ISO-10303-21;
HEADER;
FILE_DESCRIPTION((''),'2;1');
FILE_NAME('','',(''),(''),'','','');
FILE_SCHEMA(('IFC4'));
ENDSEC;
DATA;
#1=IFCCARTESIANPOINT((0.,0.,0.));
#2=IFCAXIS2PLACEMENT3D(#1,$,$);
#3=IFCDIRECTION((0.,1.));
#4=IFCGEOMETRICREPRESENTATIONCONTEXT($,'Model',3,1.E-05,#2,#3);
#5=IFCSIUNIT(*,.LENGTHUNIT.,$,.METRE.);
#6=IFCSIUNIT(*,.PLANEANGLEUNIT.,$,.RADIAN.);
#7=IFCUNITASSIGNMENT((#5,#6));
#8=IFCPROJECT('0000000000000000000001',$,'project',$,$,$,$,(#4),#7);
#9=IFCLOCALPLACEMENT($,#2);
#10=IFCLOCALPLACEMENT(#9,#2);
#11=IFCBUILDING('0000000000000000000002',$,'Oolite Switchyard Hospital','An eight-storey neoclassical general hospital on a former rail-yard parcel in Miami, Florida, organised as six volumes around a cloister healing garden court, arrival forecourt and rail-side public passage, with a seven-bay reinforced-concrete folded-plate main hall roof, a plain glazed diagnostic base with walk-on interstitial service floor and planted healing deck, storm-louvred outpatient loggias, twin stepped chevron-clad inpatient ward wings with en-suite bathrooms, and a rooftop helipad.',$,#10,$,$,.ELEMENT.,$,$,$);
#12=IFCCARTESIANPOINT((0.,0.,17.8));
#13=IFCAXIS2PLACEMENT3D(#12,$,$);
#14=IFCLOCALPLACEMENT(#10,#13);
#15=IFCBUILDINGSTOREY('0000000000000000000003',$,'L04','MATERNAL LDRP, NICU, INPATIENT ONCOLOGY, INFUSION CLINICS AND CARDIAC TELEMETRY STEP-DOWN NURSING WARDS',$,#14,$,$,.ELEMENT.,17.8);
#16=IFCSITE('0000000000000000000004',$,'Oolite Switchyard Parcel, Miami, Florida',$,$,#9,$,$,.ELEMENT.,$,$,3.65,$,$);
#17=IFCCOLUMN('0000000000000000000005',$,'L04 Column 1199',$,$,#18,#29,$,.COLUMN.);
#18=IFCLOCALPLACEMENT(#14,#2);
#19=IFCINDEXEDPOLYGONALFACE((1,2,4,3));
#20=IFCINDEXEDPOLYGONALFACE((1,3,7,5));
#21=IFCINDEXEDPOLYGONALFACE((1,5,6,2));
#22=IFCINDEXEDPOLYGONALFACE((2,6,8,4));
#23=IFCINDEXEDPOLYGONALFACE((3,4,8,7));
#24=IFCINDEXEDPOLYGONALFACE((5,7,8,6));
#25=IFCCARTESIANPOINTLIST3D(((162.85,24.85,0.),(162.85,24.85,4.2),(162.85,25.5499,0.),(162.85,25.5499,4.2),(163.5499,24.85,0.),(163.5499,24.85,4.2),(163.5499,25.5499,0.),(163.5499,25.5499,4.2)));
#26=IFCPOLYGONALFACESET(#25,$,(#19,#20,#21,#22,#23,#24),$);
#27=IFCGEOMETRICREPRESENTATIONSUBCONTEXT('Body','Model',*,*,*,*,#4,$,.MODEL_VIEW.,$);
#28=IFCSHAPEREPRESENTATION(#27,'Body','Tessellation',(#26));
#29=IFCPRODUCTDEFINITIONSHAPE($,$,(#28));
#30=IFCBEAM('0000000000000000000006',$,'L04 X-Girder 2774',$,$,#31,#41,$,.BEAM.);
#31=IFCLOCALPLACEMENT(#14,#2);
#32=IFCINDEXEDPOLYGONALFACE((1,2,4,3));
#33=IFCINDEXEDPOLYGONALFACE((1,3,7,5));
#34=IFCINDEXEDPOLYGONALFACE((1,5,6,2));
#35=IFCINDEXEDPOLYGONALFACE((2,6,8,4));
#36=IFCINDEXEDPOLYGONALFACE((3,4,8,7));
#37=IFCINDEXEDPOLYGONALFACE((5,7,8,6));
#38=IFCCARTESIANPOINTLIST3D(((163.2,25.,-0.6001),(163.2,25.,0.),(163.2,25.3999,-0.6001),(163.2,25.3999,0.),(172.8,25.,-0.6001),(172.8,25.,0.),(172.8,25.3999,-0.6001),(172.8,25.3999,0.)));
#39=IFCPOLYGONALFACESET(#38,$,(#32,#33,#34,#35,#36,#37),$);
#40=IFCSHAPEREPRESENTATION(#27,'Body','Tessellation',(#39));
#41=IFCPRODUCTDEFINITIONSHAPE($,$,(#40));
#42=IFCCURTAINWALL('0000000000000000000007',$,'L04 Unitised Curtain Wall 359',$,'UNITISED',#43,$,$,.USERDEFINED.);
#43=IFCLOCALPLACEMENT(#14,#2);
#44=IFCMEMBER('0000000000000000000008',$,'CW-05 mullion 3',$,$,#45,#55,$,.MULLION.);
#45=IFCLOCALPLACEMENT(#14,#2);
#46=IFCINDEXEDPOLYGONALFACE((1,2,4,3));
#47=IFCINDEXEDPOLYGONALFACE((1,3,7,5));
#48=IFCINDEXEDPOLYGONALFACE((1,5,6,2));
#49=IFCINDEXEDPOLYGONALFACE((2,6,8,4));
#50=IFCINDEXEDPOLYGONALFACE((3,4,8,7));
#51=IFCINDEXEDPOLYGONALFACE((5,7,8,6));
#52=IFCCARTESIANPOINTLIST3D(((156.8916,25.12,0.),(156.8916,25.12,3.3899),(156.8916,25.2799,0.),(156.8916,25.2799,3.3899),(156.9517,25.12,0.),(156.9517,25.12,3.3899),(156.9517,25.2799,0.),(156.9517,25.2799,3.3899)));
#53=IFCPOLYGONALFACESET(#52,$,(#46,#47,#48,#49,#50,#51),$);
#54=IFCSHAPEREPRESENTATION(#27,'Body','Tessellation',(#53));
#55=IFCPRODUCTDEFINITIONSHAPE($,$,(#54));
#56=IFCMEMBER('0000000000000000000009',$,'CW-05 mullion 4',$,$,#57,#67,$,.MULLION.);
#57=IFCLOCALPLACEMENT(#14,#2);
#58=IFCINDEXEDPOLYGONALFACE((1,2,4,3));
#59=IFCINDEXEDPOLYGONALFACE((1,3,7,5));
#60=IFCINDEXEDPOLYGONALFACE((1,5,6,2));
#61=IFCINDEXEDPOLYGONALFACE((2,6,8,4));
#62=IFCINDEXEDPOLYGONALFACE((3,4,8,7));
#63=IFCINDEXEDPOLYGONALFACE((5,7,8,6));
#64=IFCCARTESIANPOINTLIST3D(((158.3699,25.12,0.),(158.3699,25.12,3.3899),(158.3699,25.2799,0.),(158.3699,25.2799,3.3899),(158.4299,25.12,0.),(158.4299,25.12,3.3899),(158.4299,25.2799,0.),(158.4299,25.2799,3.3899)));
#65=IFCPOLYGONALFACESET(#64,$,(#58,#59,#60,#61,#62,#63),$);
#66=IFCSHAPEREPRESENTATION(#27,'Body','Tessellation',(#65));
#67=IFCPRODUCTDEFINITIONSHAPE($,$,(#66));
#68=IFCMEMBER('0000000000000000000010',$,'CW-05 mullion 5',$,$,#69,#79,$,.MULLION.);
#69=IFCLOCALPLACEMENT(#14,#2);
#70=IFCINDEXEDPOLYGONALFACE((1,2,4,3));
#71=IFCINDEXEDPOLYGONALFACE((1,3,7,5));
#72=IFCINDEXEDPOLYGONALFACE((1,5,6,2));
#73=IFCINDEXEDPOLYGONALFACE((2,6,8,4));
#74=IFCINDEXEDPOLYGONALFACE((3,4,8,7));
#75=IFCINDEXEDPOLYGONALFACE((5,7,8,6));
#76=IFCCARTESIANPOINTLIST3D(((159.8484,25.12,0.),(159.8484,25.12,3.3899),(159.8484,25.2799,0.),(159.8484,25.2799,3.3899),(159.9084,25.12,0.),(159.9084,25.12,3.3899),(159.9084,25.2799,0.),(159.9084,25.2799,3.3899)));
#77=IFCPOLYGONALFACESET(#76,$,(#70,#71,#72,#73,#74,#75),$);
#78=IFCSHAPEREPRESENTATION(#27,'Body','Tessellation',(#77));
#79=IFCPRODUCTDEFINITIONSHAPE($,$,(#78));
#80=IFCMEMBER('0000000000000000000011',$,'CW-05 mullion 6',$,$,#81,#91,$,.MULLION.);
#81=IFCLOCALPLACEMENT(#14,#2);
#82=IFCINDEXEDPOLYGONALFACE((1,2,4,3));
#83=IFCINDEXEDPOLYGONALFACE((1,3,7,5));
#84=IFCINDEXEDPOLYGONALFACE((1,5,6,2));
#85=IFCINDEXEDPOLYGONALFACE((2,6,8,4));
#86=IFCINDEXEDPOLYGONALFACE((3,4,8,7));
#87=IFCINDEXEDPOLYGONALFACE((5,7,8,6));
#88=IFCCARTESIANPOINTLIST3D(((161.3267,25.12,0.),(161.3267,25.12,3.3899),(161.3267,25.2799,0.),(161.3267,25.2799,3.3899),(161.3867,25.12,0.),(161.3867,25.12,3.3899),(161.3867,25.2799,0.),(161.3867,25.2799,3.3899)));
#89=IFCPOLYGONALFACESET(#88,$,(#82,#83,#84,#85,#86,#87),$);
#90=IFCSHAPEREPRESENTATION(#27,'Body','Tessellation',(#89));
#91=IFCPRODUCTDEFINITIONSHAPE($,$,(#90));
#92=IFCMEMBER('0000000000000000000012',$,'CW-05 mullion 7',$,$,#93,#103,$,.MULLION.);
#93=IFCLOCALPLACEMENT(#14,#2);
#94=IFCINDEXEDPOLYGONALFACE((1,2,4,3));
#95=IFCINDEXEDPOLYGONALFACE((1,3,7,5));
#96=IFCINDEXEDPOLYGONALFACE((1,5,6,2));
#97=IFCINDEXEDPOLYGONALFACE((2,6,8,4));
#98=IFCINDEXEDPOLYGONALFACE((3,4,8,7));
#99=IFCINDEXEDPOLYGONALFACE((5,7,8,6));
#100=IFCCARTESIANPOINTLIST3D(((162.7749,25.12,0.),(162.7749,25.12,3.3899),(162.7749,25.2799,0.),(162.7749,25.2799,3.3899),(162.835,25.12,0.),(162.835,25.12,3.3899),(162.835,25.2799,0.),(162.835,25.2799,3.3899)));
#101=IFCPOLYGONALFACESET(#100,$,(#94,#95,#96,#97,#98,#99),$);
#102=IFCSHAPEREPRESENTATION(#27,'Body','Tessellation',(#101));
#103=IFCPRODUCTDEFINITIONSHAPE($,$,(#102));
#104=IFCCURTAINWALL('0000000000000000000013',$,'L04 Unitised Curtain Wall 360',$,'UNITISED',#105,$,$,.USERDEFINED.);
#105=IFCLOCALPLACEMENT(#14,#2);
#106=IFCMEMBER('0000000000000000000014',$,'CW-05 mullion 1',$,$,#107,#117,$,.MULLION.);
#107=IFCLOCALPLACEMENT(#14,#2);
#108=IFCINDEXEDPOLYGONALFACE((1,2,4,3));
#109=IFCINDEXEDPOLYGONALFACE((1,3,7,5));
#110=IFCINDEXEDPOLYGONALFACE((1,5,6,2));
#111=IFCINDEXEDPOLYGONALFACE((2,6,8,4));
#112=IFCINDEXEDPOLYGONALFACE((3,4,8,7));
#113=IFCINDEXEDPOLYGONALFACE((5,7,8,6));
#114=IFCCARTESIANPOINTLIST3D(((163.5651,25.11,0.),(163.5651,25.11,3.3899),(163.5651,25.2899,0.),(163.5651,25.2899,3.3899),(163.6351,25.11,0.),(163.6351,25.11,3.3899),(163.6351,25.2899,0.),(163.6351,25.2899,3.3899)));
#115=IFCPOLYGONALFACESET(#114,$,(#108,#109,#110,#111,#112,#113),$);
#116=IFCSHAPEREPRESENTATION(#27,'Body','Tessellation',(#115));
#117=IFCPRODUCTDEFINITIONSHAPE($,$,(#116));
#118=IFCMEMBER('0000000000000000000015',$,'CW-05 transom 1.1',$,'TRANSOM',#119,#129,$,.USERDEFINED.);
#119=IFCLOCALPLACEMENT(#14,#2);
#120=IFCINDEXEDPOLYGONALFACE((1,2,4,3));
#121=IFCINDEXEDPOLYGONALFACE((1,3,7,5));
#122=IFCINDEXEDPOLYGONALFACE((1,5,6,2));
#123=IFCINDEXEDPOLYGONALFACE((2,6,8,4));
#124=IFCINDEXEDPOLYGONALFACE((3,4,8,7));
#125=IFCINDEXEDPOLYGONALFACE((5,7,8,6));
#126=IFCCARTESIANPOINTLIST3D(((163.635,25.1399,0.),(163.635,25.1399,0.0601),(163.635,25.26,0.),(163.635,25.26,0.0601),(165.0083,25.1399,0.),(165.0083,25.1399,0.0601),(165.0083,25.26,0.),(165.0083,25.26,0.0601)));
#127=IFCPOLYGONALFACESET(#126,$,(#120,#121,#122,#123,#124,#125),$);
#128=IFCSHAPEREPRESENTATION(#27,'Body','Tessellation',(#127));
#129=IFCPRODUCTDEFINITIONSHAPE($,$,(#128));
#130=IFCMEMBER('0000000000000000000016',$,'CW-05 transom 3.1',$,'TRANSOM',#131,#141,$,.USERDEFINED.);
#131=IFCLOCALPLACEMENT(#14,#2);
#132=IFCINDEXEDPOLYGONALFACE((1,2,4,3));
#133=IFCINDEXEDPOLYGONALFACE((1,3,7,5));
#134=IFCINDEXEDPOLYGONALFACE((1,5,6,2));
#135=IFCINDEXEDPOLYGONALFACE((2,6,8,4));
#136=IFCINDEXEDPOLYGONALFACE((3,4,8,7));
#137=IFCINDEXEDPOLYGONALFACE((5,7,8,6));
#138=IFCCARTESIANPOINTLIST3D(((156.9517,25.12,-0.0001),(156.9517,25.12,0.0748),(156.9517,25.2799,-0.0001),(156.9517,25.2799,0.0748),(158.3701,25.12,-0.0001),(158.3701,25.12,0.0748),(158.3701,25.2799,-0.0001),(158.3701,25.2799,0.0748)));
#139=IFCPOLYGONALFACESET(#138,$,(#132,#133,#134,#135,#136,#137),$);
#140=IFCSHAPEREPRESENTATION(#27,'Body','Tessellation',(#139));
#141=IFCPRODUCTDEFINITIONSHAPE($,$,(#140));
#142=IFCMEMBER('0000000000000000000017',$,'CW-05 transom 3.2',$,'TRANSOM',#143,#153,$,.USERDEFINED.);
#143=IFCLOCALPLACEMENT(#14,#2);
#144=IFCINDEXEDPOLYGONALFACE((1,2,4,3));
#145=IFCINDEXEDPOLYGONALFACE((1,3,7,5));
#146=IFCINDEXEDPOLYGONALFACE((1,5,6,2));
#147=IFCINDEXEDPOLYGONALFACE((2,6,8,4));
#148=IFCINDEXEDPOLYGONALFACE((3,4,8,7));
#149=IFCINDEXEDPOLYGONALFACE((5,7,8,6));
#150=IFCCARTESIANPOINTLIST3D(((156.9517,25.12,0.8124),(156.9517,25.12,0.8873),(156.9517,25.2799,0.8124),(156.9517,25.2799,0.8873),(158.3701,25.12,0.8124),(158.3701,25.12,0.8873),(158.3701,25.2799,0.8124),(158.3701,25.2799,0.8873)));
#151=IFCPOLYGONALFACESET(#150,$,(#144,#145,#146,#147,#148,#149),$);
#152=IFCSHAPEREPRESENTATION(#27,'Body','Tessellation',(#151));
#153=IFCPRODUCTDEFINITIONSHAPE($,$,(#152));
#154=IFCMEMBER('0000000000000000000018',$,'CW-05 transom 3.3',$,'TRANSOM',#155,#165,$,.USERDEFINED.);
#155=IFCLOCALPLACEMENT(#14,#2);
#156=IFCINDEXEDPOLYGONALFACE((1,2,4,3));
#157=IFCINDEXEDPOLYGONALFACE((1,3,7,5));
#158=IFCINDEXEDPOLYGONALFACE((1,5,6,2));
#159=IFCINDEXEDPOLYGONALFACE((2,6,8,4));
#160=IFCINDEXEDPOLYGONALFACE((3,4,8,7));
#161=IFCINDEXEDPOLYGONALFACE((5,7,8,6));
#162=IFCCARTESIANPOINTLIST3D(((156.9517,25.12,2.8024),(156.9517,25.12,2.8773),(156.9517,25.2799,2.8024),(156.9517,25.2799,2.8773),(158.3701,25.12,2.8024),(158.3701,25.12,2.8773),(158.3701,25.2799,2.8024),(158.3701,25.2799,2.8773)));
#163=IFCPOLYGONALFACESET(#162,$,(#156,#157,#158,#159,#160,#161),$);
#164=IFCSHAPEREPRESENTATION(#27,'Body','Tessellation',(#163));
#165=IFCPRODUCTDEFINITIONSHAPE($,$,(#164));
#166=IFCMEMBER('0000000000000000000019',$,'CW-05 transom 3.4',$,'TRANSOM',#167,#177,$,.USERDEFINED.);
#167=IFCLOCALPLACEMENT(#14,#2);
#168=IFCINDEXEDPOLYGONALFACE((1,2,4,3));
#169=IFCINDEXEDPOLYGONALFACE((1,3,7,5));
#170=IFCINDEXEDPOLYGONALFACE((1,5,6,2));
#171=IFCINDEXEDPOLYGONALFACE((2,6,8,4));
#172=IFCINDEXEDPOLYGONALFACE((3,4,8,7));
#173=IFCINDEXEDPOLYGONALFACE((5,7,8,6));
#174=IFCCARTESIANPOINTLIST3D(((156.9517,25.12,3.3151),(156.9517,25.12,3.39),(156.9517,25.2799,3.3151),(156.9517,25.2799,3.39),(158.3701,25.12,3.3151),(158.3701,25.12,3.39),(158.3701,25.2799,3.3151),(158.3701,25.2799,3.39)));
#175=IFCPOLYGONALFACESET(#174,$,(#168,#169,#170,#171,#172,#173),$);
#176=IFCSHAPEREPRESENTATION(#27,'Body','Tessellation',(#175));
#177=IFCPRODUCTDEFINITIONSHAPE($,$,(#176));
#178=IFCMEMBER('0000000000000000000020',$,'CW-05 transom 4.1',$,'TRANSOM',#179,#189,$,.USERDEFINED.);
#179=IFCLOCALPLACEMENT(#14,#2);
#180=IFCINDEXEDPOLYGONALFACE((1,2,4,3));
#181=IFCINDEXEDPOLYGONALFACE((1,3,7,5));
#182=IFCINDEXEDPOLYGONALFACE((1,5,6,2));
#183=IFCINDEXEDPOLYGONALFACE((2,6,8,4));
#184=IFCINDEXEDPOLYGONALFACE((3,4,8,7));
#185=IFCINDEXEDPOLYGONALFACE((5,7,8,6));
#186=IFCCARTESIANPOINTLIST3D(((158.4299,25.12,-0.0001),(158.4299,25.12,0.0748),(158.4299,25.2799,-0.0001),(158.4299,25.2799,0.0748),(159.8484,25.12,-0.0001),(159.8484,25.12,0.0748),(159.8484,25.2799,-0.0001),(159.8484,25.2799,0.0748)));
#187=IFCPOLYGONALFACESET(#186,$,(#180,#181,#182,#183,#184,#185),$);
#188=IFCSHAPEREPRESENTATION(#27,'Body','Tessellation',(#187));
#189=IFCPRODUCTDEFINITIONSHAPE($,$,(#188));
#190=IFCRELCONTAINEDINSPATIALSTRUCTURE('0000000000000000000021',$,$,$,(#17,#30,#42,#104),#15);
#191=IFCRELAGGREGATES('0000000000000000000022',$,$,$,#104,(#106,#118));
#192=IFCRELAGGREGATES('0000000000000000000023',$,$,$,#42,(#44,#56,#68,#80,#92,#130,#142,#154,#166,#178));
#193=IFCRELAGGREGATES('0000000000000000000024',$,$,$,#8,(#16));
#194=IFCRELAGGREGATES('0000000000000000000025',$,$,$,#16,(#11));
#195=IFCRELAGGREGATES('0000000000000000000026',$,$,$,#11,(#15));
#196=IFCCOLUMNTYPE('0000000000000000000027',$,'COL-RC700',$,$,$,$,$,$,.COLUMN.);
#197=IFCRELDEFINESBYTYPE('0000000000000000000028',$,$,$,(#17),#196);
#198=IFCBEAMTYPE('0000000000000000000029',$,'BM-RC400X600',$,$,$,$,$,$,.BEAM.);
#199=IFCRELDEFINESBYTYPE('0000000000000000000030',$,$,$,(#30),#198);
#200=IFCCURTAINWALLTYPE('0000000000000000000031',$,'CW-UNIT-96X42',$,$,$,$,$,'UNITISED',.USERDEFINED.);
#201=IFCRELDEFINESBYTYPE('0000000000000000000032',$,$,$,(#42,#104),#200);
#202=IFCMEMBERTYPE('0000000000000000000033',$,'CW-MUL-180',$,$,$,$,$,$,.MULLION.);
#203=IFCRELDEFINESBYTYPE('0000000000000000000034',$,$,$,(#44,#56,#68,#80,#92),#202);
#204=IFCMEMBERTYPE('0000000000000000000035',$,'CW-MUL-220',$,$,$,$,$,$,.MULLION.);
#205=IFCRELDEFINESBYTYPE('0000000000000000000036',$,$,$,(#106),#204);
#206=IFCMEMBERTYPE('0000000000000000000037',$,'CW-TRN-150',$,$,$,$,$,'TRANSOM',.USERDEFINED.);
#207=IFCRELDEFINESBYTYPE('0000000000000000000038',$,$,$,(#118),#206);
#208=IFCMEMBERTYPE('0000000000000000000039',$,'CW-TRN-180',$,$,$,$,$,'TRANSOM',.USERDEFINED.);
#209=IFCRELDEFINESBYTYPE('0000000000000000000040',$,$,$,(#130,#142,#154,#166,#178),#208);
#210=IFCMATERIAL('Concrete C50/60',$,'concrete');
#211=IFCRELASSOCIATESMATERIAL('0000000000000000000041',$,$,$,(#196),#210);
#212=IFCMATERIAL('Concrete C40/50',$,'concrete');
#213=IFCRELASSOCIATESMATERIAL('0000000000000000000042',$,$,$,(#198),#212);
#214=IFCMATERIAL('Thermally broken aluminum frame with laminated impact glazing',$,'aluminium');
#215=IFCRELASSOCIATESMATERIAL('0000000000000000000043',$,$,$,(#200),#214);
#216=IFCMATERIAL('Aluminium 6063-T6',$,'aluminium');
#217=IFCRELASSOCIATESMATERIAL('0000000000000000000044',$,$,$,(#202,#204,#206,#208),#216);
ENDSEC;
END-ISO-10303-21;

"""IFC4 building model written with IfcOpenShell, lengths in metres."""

from ifc_helpers import new_model, si_unit, direction, frame, origin, origin_2d, place, context, subcontext, project, spatial, rectangle, extrude, material, material_profile, profile_set, type_object, element, aggregate, save


model = new_model("IFC4")

# Units and contexts
model_context = context("Model", 3, precision=1e-05, world=origin(), true_north=direction((0.0, 1.0)))
body_context = subcontext(model_context, "Body", "Model", "MODEL_VIEW")
ifc_project = project(units=[si_unit("LENGTHUNIT", "METRE"), si_unit("PLANEANGLEUNIT", "RADIAN")], contexts=[model_context])

# Site, building, storey
site_placement = place(None, origin())
site = spatial("IfcSite", under=ifc_project, at=site_placement, Name="Oolite Switchyard Parcel, Miami, Florida", CompositionType="ELEMENT", RefElevation=3.65)
building_placement = place(site_placement, origin())
building = spatial("IfcBuilding", under=site, at=building_placement, Name="Oolite Switchyard Hospital", Description="An eight-storey neoclassical general hospital on a former rail-yard parcel in Miami, Florida, organised as six volumes around a cloister healing garden court, arrival forecourt and rail-side public passage, with a seven-bay reinforced-concrete folded-plate main hall roof, a plain glazed diagnostic base with walk-on interstitial service floor and planted healing deck, storm-louvred outpatient loggias, twin stepped chevron-clad inpatient ward wings with en-suite bathrooms, and a rooftop helipad.", CompositionType="ELEMENT")
storey_placement = place(building_placement, frame((0.0, 0.0, 17.8)))
storey = spatial("IfcBuildingStorey", under=building, at=storey_placement, Name="L04", Description="MATERNAL LDRP, NICU, INPATIENT ONCOLOGY, INFUSION CLINICS AND CARDIAC TELEMETRY STEP-DOWN NURSING WARDS", CompositionType="ELEMENT", Elevation=17.8)

# Column
ifc_material_1 = material(Name="Concrete C50/60", Category="concrete")
ifc_material_profile_1 = material_profile(ifc_material_1, rectangle(XDim=0.7, YDim=0.7, at=origin_2d()), Name="RC700X700")
ifc_profile_set_1 = profile_set([ifc_material_profile_1], Name="Concrete C50/60")
column_type = type_object("IfcColumnType", Name="COL-RC700", PredefinedType="COLUMN", material=ifc_profile_set_1)
column_placement = place(storey_placement, frame((163.2, 25.2, 0.0), z_axis=(0.0, 0.0, 1.0), x_axis=(1.0, 0.0, 0.0)))
element("IfcColumn", 1, at=column_placement, inside=storey, type_object=column_type, Name="L04 Column 1199", PredefinedType="COLUMN", context=body_context, shape_type="SweptSolid", body=[
    extrude(rectangle(XDim=0.7, YDim=0.7, at=origin_2d()), origin(), (0.0, 0.0, 1.0), 4.2),
])

# Beam
ifc_material_2 = material(Name="Concrete C40/50", Category="concrete")
ifc_material_profile_2 = material_profile(ifc_material_2, rectangle(XDim=0.3999, YDim=0.6001, at=origin_2d()), Name="RCB400X600")
ifc_profile_set_2 = profile_set([ifc_material_profile_2], Name="Concrete C40/50")
beam_type = type_object("IfcBeamType", Name="BM-RC400X600", PredefinedType="BEAM", material=ifc_profile_set_2)
beam_placement = place(storey_placement, frame((163.2, 25.2, -0.3), z_axis=(1.0, 0.0, 0.0), x_axis=(0.0, 1.0, 0.0)))
element("IfcBeam", 2, at=beam_placement, inside=storey, type_object=beam_type, Name="L04 X-Girder 2774", PredefinedType="BEAM", context=body_context, shape_type="SweptSolid", body=[
    extrude(rectangle(XDim=0.3999, YDim=0.6001, at=origin_2d()), origin(), (0.0, 0.0, 1.0), 9.6001),
])

# Curtain walls, members
ifc_material_3 = material(Name="Thermally broken aluminum frame with laminated impact glazing", Category="aluminium")
curtain_wall_type = type_object("IfcCurtainWallType", Name="CW-UNIT-96X42", ElementType="UNITISED", PredefinedType="USERDEFINED", material=ifc_material_3)
curtain_wall_1_placement = place(storey_placement, origin())
curtain_wall_1 = element("IfcCurtainWall", 3, at=curtain_wall_1_placement, inside=storey, type_object=curtain_wall_type, Name="L04 Unitised Curtain Wall 359", ObjectType="UNITISED", PredefinedType="USERDEFINED")
ifc_material_4 = material(Name="Aluminium 6063-T6", Category="aluminium")
ifc_material_profile_3 = material_profile(ifc_material_4, rectangle(XDim=0.1599, YDim=0.0601, at=origin_2d()), Name="CWM60X160")
ifc_profile_set_3 = profile_set([ifc_material_profile_3], Name="Aluminium 6063-T6")
member_type_1 = type_object("IfcMemberType", Name="CW-MUL-180", PredefinedType="MULLION", material=ifc_profile_set_3)
member_1_placement = place(storey_placement, frame((156.9216, 25.2, 0.0), z_axis=(0.0, 0.0, 1.0), x_axis=(0.0, 1.0, 0.0)))
member_1 = element("IfcMember", 4, at=member_1_placement, type_object=member_type_1, Name="CW-05 mullion 3", PredefinedType="MULLION", context=body_context, shape_type="SweptSolid", body=[
    extrude(rectangle(XDim=0.1599, YDim=0.0601, at=origin_2d()), origin(), (0.0, 0.0, 1.0), 3.3899),
])
member_2_placement = place(storey_placement, frame((158.3999, 25.2, 0.0), z_axis=(0.0, 0.0, 1.0), x_axis=(0.0, 1.0, 0.0)))
member_2 = element("IfcMember", 5, at=member_2_placement, type_object=member_type_1, Name="CW-05 mullion 4", PredefinedType="MULLION", context=body_context, shape_type="SweptSolid", body=[
    extrude(rectangle(XDim=0.1599, YDim=0.0601, at=origin_2d()), origin(), (0.0, 0.0, 1.0), 3.3899),
])
member_3_placement = place(storey_placement, frame((159.8784, 25.2, 0.0), z_axis=(0.0, 0.0, 1.0), x_axis=(0.0, 1.0, 0.0)))
member_3 = element("IfcMember", 6, at=member_3_placement, type_object=member_type_1, Name="CW-05 mullion 5", PredefinedType="MULLION", context=body_context, shape_type="SweptSolid", body=[
    extrude(rectangle(XDim=0.1599, YDim=0.0601, at=origin_2d()), origin(), (0.0, 0.0, 1.0), 3.3899),
])
member_4_placement = place(storey_placement, frame((161.3567, 25.2, 0.0), z_axis=(0.0, 0.0, 1.0), x_axis=(0.0, 1.0, 0.0)))
member_4 = element("IfcMember", 7, at=member_4_placement, type_object=member_type_1, Name="CW-05 mullion 6", PredefinedType="MULLION", context=body_context, shape_type="SweptSolid", body=[
    extrude(rectangle(XDim=0.1599, YDim=0.0601, at=origin_2d()), origin(), (0.0, 0.0, 1.0), 3.3899),
])
member_5_placement = place(storey_placement, frame((162.8049, 25.2, 0.0), z_axis=(0.0, 0.0, 1.0), x_axis=(0.0, 1.0, 0.0)))
member_5 = element("IfcMember", 8, at=member_5_placement, type_object=member_type_1, Name="CW-05 mullion 7", PredefinedType="MULLION", context=body_context, shape_type="SweptSolid", body=[
    extrude(rectangle(XDim=0.1599, YDim=0.0601, at=origin_2d()), origin(), (0.0, 0.0, 1.0), 3.3899),
])
curtain_wall_2_placement = place(storey_placement, origin())
curtain_wall_2 = element("IfcCurtainWall", 9, at=curtain_wall_2_placement, inside=storey, type_object=curtain_wall_type, Name="L04 Unitised Curtain Wall 360", ObjectType="UNITISED", PredefinedType="USERDEFINED")
ifc_material_profile_4 = material_profile(ifc_material_4, rectangle(XDim=0.1799, YDim=0.0701, at=origin_2d()), Name="CWM70X180")
ifc_profile_set_4 = profile_set([ifc_material_profile_4], Name="Aluminium 6063-T6")
member_type_2 = type_object("IfcMemberType", Name="CW-MUL-220", PredefinedType="MULLION", material=ifc_profile_set_4)
member_6_placement = place(storey_placement, frame((163.6001, 25.2, 0.0), z_axis=(0.0, 0.0, 1.0), x_axis=(0.0, 1.0, 0.0)))
member_6 = element("IfcMember", 10, at=member_6_placement, type_object=member_type_2, Name="CW-05 mullion 1", PredefinedType="MULLION", context=body_context, shape_type="SweptSolid", body=[
    extrude(rectangle(XDim=0.1799, YDim=0.0701, at=origin_2d()), origin(), (0.0, 0.0, 1.0), 3.3899),
])
ifc_material_profile_5 = material_profile(ifc_material_4, rectangle(XDim=0.1201, YDim=0.0601, at=origin_2d()), Name="CWT60X120")
ifc_profile_set_5 = profile_set([ifc_material_profile_5], Name="Aluminium 6063-T6")
member_type_3 = type_object("IfcMemberType", Name="CW-TRN-150", ElementType="TRANSOM", PredefinedType="USERDEFINED", material=ifc_profile_set_5)
member_7_placement = place(storey_placement, frame((163.635, 25.2, 0.03), z_axis=(1.0, 0.0, 0.0), x_axis=(0.0, 1.0, 0.0)))
member_7 = element("IfcMember", 11, at=member_7_placement, type_object=member_type_3, Name="CW-05 transom 1.1", ObjectType="TRANSOM", PredefinedType="USERDEFINED", context=body_context, shape_type="SweptSolid", body=[
    extrude(rectangle(XDim=0.1201, YDim=0.0601, at=origin_2d()), origin(), (0.0, 0.0, 1.0), 1.3733),
])
aggregate(curtain_wall_2, [member_6, member_7])

# Members
ifc_material_profile_6 = material_profile(ifc_material_4, rectangle(XDim=0.1599, YDim=0.075, at=origin_2d()), Name="CWT75X160")
ifc_profile_set_6 = profile_set([ifc_material_profile_6], Name="Aluminium 6063-T6")
member_type_4 = type_object("IfcMemberType", Name="CW-TRN-180", ElementType="TRANSOM", PredefinedType="USERDEFINED", material=ifc_profile_set_6)
member_8_placement = place(storey_placement, frame((156.9517, 25.2, 0.0374), z_axis=(1.0, 0.0, 0.0), x_axis=(0.0, 1.0, 0.0)))
member_8 = element("IfcMember", 12, at=member_8_placement, type_object=member_type_4, Name="CW-05 transom 3.1", ObjectType="TRANSOM", PredefinedType="USERDEFINED", context=body_context, shape_type="SweptSolid", body=[
    extrude(rectangle(XDim=0.1599, YDim=0.075, at=origin_2d()), origin(), (0.0, 0.0, 1.0), 1.4185),
])
member_9_placement = place(storey_placement, frame((156.9517, 25.2, 0.8499), z_axis=(1.0, 0.0, 0.0), x_axis=(0.0, 1.0, 0.0)))
member_9 = element("IfcMember", 13, at=member_9_placement, type_object=member_type_4, Name="CW-05 transom 3.2", ObjectType="TRANSOM", PredefinedType="USERDEFINED", context=body_context, shape_type="SweptSolid", body=[
    extrude(rectangle(XDim=0.1599, YDim=0.075, at=origin_2d()), origin(), (0.0, 0.0, 1.0), 1.4185),
])
member_10_placement = place(storey_placement, frame((156.9517, 25.2, 2.8398), z_axis=(1.0, 0.0, 0.0), x_axis=(0.0, 1.0, 0.0)))
member_10 = element("IfcMember", 14, at=member_10_placement, type_object=member_type_4, Name="CW-05 transom 3.3", ObjectType="TRANSOM", PredefinedType="USERDEFINED", context=body_context, shape_type="SweptSolid", body=[
    extrude(rectangle(XDim=0.1599, YDim=0.075, at=origin_2d()), origin(), (0.0, 0.0, 1.0), 1.4185),
])
member_11_placement = place(storey_placement, frame((156.9517, 25.2, 3.3525), z_axis=(1.0, 0.0, 0.0), x_axis=(0.0, 1.0, 0.0)))
member_11 = element("IfcMember", 15, at=member_11_placement, type_object=member_type_4, Name="CW-05 transom 3.4", ObjectType="TRANSOM", PredefinedType="USERDEFINED", context=body_context, shape_type="SweptSolid", body=[
    extrude(rectangle(XDim=0.1599, YDim=0.075, at=origin_2d()), origin(), (0.0, 0.0, 1.0), 1.4185),
])
member_12_placement = place(storey_placement, frame((158.4299, 25.2, 0.0374), z_axis=(1.0, 0.0, 0.0), x_axis=(0.0, 1.0, 0.0)))
member_12 = element("IfcMember", 16, at=member_12_placement, type_object=member_type_4, Name="CW-05 transom 4.1", ObjectType="TRANSOM", PredefinedType="USERDEFINED", context=body_context, shape_type="SweptSolid", body=[
    extrude(rectangle(XDim=0.1599, YDim=0.075, at=origin_2d()), origin(), (0.0, 0.0, 1.0), 1.4185),
])

aggregate(curtain_wall_1, [member_1, member_2, member_3, member_4, member_5, member_8, member_9, member_10, member_11, member_12])

save(model, "model.ifc")
